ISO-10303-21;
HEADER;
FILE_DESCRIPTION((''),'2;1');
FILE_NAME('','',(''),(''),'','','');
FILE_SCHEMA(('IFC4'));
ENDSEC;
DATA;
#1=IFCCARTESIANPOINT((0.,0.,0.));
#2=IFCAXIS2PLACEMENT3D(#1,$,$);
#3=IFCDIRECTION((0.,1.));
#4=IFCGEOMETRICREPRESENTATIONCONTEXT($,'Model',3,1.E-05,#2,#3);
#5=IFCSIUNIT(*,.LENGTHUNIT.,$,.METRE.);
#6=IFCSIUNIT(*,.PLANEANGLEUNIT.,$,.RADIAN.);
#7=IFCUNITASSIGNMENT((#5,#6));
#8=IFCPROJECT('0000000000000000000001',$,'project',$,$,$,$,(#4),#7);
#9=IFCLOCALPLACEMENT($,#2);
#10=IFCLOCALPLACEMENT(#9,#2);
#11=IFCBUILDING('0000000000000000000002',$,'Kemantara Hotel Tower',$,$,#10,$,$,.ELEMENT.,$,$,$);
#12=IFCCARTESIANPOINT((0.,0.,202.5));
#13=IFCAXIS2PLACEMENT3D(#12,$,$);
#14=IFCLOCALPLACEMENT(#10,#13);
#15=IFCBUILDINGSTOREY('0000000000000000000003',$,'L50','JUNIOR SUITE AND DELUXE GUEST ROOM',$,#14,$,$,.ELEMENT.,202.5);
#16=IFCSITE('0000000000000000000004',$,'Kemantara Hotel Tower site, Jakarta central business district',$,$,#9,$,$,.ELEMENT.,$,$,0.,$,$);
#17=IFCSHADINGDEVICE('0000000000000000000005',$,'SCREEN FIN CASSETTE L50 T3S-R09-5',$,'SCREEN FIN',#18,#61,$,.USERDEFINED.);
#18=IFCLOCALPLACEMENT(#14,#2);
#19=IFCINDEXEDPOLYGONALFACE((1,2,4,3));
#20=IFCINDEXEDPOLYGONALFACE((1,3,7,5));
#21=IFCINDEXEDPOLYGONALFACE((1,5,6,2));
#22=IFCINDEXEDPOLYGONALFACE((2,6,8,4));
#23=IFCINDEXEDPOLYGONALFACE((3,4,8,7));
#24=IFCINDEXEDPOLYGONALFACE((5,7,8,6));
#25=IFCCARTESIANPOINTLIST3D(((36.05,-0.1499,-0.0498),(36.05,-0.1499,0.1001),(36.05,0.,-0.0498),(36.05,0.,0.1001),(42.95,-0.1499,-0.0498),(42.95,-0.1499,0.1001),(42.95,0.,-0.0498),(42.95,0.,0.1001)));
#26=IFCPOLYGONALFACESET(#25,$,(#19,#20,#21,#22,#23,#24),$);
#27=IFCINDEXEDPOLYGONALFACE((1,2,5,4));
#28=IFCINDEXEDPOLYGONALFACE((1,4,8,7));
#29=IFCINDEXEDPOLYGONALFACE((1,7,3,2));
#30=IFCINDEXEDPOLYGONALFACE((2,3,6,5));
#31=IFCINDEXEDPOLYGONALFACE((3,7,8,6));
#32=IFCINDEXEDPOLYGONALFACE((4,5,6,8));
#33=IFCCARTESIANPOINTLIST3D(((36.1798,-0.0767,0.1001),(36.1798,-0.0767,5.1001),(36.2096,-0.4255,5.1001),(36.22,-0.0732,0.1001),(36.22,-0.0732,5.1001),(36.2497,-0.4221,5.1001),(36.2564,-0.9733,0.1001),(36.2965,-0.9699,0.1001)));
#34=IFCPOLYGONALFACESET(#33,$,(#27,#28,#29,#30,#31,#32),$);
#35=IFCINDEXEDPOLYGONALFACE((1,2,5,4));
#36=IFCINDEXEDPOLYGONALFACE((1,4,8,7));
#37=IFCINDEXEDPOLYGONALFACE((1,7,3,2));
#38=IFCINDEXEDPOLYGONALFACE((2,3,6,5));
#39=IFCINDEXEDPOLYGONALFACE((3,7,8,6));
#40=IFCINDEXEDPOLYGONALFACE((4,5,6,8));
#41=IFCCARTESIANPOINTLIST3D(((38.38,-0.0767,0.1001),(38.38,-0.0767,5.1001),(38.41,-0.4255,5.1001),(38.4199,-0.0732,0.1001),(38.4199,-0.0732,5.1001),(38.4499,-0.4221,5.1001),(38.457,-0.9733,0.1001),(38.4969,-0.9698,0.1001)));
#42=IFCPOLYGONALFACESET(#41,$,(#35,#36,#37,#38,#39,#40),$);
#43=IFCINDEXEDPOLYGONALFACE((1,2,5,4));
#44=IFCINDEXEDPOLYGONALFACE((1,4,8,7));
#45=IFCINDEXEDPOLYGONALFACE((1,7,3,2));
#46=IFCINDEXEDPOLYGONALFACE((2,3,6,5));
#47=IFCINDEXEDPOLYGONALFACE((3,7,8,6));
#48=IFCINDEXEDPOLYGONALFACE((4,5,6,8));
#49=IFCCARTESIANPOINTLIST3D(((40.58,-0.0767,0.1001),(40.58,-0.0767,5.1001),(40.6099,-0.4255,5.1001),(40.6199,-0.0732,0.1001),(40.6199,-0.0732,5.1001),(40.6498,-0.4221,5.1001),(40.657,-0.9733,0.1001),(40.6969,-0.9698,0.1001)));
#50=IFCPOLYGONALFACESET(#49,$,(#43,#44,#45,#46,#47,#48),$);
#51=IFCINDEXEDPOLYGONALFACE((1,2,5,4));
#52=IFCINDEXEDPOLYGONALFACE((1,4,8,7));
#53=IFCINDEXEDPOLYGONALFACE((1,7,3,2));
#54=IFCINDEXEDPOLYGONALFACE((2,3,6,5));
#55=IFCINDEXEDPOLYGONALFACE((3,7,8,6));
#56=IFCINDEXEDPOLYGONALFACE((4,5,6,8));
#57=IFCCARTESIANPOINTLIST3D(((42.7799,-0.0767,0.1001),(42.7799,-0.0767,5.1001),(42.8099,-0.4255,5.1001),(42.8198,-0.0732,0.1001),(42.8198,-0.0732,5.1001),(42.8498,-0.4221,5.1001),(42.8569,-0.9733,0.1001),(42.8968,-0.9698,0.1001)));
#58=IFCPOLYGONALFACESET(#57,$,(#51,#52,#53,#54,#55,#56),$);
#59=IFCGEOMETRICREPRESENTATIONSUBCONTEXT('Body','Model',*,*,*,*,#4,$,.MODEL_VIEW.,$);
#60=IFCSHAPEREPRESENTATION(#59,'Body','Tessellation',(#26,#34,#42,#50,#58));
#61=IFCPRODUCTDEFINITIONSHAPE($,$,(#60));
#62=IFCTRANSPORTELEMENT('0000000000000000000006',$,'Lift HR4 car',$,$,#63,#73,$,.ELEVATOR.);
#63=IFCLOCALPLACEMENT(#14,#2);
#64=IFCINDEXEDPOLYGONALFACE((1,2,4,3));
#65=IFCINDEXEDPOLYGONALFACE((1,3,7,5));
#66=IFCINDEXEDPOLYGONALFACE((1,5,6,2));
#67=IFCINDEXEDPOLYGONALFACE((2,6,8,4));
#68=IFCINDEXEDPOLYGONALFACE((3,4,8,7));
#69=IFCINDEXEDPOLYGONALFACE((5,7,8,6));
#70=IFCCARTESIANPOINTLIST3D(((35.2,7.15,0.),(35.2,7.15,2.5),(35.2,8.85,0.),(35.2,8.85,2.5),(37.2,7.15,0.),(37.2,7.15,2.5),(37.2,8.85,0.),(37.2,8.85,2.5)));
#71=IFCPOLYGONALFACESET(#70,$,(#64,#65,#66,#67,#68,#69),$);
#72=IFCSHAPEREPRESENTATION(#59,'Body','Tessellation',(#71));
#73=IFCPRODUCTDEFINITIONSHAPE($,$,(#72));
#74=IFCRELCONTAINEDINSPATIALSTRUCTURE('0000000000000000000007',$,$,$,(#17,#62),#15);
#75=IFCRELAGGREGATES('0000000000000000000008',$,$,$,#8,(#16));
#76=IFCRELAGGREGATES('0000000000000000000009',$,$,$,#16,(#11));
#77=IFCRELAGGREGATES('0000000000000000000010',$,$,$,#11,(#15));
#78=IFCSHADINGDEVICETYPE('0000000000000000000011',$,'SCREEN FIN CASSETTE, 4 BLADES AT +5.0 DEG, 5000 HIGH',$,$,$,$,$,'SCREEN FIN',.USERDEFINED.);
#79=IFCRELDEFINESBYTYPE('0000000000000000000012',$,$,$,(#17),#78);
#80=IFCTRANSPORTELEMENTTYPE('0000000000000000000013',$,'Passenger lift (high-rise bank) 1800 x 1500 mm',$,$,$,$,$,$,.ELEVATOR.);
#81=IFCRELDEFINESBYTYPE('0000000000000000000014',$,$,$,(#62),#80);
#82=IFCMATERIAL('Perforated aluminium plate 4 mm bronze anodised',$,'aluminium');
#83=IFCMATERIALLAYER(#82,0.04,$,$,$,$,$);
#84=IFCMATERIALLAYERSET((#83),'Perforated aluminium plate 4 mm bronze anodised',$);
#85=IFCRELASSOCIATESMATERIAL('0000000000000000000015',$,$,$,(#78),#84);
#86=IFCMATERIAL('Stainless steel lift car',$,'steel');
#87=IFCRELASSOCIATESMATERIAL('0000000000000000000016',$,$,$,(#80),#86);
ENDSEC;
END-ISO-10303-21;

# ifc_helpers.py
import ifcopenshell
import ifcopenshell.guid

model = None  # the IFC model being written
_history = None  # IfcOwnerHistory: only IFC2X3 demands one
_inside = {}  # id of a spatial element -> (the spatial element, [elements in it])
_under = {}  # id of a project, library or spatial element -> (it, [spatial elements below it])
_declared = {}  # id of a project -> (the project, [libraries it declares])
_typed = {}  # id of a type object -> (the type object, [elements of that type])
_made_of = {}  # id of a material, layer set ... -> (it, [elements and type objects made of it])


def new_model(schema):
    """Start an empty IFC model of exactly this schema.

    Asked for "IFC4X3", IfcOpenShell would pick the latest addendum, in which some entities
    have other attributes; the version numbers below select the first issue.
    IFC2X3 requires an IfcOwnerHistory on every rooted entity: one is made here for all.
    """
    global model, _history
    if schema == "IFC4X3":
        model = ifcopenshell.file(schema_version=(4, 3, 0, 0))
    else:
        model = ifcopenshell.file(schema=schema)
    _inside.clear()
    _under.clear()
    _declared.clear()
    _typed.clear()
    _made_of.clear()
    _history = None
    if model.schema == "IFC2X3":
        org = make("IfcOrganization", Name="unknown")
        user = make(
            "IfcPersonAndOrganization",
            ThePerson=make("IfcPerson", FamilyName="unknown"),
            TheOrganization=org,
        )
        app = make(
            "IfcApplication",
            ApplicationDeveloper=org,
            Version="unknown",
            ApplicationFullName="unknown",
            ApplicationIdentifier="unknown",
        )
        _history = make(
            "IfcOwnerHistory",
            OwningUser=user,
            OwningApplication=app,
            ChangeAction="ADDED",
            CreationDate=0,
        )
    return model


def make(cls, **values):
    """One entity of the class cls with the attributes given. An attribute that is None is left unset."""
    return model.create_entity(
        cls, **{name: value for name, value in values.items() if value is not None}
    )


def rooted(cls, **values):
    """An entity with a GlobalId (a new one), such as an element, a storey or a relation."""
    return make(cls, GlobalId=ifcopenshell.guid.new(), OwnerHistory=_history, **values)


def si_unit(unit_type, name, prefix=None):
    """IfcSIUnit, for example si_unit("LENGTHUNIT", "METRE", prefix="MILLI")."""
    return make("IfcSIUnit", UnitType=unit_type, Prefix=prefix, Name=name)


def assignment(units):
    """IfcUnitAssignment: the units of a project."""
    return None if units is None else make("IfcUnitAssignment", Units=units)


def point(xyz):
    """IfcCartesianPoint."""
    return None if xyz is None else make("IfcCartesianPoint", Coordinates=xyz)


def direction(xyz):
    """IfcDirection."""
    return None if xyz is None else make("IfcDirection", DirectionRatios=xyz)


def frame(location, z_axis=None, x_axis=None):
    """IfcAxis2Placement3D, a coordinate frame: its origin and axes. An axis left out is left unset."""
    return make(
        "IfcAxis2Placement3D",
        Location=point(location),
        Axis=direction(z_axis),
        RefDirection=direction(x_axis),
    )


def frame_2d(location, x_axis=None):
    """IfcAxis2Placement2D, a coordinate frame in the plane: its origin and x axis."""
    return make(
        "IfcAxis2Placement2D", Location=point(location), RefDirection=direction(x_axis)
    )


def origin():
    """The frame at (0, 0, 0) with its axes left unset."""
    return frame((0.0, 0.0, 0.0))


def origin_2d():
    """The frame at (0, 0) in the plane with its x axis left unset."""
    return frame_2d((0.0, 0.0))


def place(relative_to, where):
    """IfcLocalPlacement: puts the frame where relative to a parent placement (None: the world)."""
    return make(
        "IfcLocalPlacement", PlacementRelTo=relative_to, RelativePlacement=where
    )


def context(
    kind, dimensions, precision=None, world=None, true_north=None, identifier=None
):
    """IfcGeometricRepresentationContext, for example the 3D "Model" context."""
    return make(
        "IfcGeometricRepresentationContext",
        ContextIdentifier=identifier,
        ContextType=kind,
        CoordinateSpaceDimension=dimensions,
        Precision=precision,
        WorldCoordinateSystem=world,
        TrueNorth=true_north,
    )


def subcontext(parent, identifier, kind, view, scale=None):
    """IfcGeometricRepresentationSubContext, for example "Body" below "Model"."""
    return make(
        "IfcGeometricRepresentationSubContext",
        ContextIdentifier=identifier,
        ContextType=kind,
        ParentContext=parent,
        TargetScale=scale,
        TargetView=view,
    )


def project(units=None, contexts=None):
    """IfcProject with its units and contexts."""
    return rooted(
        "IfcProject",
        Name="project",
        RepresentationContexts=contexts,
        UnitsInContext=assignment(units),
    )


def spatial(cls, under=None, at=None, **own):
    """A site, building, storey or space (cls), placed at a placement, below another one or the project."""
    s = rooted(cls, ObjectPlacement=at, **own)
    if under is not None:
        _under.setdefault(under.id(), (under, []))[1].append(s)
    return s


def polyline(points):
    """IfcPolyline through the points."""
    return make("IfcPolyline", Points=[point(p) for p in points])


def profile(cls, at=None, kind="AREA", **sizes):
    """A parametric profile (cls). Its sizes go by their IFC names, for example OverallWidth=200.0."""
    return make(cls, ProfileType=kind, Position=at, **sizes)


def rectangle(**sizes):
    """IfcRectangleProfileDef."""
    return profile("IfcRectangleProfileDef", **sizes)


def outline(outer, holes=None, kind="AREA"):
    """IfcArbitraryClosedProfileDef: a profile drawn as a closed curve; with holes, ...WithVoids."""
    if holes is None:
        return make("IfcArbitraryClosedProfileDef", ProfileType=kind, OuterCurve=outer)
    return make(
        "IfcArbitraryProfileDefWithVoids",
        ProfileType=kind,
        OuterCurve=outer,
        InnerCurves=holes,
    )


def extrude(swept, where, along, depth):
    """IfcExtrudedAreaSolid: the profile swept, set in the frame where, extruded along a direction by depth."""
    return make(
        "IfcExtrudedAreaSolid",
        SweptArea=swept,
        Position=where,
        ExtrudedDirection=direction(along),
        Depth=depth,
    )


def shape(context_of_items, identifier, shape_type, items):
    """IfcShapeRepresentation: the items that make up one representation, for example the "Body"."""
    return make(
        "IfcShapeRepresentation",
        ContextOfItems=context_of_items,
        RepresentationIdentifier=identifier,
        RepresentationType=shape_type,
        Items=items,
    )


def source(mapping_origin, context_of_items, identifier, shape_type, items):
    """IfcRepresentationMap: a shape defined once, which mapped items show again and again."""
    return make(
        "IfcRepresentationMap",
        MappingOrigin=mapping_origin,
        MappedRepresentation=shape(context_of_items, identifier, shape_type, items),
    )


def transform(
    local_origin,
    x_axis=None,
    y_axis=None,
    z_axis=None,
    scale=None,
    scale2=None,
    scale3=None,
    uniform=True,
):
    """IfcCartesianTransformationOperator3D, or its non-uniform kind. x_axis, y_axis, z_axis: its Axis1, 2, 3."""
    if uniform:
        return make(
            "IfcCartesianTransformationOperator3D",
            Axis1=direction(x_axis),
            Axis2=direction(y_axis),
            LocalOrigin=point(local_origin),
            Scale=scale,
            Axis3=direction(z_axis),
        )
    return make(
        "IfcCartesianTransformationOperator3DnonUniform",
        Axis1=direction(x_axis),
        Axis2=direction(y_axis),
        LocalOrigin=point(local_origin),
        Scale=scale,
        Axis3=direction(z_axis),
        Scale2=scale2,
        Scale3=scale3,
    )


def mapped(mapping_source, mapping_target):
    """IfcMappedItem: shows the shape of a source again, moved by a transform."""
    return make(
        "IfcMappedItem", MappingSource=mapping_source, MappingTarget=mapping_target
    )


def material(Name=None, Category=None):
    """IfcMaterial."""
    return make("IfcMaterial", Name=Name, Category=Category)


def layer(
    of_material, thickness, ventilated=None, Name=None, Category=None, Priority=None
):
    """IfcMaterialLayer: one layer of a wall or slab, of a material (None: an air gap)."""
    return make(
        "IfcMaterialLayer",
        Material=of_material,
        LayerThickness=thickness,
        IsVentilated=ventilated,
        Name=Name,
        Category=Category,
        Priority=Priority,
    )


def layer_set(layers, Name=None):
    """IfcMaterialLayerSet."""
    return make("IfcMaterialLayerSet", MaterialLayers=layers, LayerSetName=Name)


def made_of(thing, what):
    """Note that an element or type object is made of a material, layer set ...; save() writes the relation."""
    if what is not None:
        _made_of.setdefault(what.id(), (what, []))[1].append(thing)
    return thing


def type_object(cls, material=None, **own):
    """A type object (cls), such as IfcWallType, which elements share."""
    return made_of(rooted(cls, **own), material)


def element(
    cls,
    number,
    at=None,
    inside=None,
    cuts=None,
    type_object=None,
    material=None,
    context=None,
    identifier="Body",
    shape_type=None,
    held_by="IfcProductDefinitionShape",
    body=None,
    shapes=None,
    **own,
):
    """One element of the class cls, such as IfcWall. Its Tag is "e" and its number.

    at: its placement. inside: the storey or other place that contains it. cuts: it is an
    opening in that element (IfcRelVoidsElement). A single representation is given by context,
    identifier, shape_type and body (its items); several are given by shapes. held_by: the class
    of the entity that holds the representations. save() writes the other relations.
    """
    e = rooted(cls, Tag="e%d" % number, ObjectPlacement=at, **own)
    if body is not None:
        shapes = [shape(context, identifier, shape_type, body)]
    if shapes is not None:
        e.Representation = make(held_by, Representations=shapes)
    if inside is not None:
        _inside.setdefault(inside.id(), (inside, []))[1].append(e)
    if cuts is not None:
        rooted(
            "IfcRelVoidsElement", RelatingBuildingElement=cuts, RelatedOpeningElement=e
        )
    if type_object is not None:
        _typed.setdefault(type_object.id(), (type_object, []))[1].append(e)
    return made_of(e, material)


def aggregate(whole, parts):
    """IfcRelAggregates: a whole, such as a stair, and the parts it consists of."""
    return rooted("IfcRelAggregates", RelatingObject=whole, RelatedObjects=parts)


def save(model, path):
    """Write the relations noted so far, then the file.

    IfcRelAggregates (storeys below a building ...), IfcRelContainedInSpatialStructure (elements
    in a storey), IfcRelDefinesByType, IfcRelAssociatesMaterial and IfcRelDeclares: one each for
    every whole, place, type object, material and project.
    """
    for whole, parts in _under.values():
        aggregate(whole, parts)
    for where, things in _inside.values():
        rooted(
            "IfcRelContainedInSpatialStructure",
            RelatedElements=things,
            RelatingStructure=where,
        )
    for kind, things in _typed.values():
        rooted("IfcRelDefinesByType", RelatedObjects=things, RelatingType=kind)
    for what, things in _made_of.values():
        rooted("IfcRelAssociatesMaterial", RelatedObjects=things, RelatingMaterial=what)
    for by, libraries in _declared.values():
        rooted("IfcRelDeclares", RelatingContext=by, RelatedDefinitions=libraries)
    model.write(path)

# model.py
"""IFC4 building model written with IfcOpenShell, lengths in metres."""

from ifc_helpers import new_model, si_unit, direction, frame, origin, origin_2d, place, context, subcontext, project, spatial, polyline, rectangle, outline, extrude, source, transform, mapped, material, layer, layer_set, type_object, element, save


model = new_model("IFC4")

# Units and contexts
model_context = context("Model", 3, precision=1e-05, world=origin(), true_north=direction((0.0, 1.0)))
body_context = subcontext(model_context, "Body", "Model", "MODEL_VIEW")
ifc_project = project(units=[si_unit("LENGTHUNIT", "METRE"), si_unit("PLANEANGLEUNIT", "RADIAN")], contexts=[model_context])

# Site, building, storey
site_placement = place(None, origin())
site = spatial("IfcSite", under=ifc_project, at=site_placement, Name="Kemantara Hotel Tower site, Jakarta central business district", CompositionType="ELEMENT", RefElevation=0.0)
building_placement = place(site_placement, origin())
building = spatial("IfcBuilding", under=site, at=building_placement, Name="Kemantara Hotel Tower", CompositionType="ELEMENT")
storey_placement = place(building_placement, frame((0.0, 0.0, 202.5)))
storey = spatial("IfcBuildingStorey", under=building, at=storey_placement, Name="L50", Description="JUNIOR SUITE AND DELUXE GUEST ROOM", CompositionType="ELEMENT", Elevation=202.5)

# Shading device
ifc_material_1 = material(Name="Perforated aluminium plate 4 mm bronze anodised", Category="aluminium")
ifc_layer_1 = layer(ifc_material_1, 0.04)
ifc_layer_set_1 = layer_set([ifc_layer_1], Name="Perforated aluminium plate 4 mm bronze anodised")
shading_device_type = type_object("IfcShadingDeviceType", Name="SCREEN FIN CASSETTE, 4 BLADES AT +5.0 DEG, 5000 HIGH", ElementType="SCREEN FIN", PredefinedType="USERDEFINED", material=ifc_layer_set_1)
shared_shape = source(origin(), body_context, "Body", "SweptSolid", [
    extrude(rectangle(XDim=6.8999, YDim=0.1499, at=origin_2d()), frame((3.3, -0.075, -0.1499), z_axis=(0.0, 0.0, 1.0), x_axis=(1.0, 0.0, 0.0)), (0.0, 0.0, 1.0), 0.1499),
    extrude(outline(polyline([(0.0, 0.0), (0.8999, 0.0), (0.3501, 5.0), (0.0, 5.0), (0.0, 0.0)])), frame((0.02, -0.0732, 0.0), z_axis=(-0.996376, -0.085056, 0.0), x_axis=(0.085056, -0.996376, 0.0)), (0.0, 0.0, 1.0), 0.0403),
    extrude(outline(polyline([(0.0, 0.0), (0.8999, 0.0), (0.3501, 5.0), (0.0, 5.0), (0.0, 0.0)])), frame((2.22, -0.0732, 0.0), z_axis=(-0.996332, -0.085575, 0.0), x_axis=(0.085575, -0.996332, 0.0)), (0.0, 0.0, 1.0), 0.04),
    extrude(outline(polyline([(0.0, 0.0), (0.8999, 0.0), (0.3501, 5.0), (0.0, 5.0), (0.0, 0.0)])), frame((4.4199, -0.0732, 0.0), z_axis=(-0.996332, -0.085575, 0.0), x_axis=(0.085575, -0.996332, 0.0)), (0.0, 0.0, 1.0), 0.04),
    extrude(outline(polyline([(0.0, 0.0), (0.8999, 0.0), (0.3501, 5.0), (0.0, 5.0), (0.0, 0.0)])), frame((6.6199, -0.0732, 0.0), z_axis=(-0.996332, -0.085575, 0.0), x_axis=(0.085575, -0.996332, 0.0)), (0.0, 0.0, 1.0), 0.04),
])
shading_device_placement = place(storey_placement, frame((36.2, 0.0, 0.1001), z_axis=(0.0, 0.0, 1.0), x_axis=(1.0, 0.0, 0.0)))
element("IfcShadingDevice", 1, at=shading_device_placement, inside=storey, type_object=shading_device_type, Name="SCREEN FIN CASSETTE L50 T3S-R09-5", ObjectType="SCREEN FIN", PredefinedType="USERDEFINED", context=body_context, shape_type="MappedRepresentation", body=[
    mapped(shared_shape, transform((0.0, 0.0, 0.0))),
])

# Transport element
ifc_material_2 = material(Name="Stainless steel lift car", Category="steel")
transport_element_type = type_object("IfcTransportElementType", Name="Passenger lift (high-rise bank) 1800 x 1500 mm", PredefinedType="ELEVATOR", material=ifc_material_2)
transport_element_placement = place(storey_placement, frame((36.2, 8.0, 0.0), z_axis=(0.0, 0.0, 1.0), x_axis=(1.0, 0.0, 0.0)))
element("IfcTransportElement", 2, at=transport_element_placement, inside=storey, type_object=transport_element_type, Name="Lift HR4 car", PredefinedType="ELEVATOR", context=body_context, shape_type="SweptSolid", body=[
    extrude(rectangle(XDim=2.0, YDim=1.7, at=origin_2d()), origin(), (0.0, 0.0, 1.0), 2.5),
])

save(model, "model.ifc")
